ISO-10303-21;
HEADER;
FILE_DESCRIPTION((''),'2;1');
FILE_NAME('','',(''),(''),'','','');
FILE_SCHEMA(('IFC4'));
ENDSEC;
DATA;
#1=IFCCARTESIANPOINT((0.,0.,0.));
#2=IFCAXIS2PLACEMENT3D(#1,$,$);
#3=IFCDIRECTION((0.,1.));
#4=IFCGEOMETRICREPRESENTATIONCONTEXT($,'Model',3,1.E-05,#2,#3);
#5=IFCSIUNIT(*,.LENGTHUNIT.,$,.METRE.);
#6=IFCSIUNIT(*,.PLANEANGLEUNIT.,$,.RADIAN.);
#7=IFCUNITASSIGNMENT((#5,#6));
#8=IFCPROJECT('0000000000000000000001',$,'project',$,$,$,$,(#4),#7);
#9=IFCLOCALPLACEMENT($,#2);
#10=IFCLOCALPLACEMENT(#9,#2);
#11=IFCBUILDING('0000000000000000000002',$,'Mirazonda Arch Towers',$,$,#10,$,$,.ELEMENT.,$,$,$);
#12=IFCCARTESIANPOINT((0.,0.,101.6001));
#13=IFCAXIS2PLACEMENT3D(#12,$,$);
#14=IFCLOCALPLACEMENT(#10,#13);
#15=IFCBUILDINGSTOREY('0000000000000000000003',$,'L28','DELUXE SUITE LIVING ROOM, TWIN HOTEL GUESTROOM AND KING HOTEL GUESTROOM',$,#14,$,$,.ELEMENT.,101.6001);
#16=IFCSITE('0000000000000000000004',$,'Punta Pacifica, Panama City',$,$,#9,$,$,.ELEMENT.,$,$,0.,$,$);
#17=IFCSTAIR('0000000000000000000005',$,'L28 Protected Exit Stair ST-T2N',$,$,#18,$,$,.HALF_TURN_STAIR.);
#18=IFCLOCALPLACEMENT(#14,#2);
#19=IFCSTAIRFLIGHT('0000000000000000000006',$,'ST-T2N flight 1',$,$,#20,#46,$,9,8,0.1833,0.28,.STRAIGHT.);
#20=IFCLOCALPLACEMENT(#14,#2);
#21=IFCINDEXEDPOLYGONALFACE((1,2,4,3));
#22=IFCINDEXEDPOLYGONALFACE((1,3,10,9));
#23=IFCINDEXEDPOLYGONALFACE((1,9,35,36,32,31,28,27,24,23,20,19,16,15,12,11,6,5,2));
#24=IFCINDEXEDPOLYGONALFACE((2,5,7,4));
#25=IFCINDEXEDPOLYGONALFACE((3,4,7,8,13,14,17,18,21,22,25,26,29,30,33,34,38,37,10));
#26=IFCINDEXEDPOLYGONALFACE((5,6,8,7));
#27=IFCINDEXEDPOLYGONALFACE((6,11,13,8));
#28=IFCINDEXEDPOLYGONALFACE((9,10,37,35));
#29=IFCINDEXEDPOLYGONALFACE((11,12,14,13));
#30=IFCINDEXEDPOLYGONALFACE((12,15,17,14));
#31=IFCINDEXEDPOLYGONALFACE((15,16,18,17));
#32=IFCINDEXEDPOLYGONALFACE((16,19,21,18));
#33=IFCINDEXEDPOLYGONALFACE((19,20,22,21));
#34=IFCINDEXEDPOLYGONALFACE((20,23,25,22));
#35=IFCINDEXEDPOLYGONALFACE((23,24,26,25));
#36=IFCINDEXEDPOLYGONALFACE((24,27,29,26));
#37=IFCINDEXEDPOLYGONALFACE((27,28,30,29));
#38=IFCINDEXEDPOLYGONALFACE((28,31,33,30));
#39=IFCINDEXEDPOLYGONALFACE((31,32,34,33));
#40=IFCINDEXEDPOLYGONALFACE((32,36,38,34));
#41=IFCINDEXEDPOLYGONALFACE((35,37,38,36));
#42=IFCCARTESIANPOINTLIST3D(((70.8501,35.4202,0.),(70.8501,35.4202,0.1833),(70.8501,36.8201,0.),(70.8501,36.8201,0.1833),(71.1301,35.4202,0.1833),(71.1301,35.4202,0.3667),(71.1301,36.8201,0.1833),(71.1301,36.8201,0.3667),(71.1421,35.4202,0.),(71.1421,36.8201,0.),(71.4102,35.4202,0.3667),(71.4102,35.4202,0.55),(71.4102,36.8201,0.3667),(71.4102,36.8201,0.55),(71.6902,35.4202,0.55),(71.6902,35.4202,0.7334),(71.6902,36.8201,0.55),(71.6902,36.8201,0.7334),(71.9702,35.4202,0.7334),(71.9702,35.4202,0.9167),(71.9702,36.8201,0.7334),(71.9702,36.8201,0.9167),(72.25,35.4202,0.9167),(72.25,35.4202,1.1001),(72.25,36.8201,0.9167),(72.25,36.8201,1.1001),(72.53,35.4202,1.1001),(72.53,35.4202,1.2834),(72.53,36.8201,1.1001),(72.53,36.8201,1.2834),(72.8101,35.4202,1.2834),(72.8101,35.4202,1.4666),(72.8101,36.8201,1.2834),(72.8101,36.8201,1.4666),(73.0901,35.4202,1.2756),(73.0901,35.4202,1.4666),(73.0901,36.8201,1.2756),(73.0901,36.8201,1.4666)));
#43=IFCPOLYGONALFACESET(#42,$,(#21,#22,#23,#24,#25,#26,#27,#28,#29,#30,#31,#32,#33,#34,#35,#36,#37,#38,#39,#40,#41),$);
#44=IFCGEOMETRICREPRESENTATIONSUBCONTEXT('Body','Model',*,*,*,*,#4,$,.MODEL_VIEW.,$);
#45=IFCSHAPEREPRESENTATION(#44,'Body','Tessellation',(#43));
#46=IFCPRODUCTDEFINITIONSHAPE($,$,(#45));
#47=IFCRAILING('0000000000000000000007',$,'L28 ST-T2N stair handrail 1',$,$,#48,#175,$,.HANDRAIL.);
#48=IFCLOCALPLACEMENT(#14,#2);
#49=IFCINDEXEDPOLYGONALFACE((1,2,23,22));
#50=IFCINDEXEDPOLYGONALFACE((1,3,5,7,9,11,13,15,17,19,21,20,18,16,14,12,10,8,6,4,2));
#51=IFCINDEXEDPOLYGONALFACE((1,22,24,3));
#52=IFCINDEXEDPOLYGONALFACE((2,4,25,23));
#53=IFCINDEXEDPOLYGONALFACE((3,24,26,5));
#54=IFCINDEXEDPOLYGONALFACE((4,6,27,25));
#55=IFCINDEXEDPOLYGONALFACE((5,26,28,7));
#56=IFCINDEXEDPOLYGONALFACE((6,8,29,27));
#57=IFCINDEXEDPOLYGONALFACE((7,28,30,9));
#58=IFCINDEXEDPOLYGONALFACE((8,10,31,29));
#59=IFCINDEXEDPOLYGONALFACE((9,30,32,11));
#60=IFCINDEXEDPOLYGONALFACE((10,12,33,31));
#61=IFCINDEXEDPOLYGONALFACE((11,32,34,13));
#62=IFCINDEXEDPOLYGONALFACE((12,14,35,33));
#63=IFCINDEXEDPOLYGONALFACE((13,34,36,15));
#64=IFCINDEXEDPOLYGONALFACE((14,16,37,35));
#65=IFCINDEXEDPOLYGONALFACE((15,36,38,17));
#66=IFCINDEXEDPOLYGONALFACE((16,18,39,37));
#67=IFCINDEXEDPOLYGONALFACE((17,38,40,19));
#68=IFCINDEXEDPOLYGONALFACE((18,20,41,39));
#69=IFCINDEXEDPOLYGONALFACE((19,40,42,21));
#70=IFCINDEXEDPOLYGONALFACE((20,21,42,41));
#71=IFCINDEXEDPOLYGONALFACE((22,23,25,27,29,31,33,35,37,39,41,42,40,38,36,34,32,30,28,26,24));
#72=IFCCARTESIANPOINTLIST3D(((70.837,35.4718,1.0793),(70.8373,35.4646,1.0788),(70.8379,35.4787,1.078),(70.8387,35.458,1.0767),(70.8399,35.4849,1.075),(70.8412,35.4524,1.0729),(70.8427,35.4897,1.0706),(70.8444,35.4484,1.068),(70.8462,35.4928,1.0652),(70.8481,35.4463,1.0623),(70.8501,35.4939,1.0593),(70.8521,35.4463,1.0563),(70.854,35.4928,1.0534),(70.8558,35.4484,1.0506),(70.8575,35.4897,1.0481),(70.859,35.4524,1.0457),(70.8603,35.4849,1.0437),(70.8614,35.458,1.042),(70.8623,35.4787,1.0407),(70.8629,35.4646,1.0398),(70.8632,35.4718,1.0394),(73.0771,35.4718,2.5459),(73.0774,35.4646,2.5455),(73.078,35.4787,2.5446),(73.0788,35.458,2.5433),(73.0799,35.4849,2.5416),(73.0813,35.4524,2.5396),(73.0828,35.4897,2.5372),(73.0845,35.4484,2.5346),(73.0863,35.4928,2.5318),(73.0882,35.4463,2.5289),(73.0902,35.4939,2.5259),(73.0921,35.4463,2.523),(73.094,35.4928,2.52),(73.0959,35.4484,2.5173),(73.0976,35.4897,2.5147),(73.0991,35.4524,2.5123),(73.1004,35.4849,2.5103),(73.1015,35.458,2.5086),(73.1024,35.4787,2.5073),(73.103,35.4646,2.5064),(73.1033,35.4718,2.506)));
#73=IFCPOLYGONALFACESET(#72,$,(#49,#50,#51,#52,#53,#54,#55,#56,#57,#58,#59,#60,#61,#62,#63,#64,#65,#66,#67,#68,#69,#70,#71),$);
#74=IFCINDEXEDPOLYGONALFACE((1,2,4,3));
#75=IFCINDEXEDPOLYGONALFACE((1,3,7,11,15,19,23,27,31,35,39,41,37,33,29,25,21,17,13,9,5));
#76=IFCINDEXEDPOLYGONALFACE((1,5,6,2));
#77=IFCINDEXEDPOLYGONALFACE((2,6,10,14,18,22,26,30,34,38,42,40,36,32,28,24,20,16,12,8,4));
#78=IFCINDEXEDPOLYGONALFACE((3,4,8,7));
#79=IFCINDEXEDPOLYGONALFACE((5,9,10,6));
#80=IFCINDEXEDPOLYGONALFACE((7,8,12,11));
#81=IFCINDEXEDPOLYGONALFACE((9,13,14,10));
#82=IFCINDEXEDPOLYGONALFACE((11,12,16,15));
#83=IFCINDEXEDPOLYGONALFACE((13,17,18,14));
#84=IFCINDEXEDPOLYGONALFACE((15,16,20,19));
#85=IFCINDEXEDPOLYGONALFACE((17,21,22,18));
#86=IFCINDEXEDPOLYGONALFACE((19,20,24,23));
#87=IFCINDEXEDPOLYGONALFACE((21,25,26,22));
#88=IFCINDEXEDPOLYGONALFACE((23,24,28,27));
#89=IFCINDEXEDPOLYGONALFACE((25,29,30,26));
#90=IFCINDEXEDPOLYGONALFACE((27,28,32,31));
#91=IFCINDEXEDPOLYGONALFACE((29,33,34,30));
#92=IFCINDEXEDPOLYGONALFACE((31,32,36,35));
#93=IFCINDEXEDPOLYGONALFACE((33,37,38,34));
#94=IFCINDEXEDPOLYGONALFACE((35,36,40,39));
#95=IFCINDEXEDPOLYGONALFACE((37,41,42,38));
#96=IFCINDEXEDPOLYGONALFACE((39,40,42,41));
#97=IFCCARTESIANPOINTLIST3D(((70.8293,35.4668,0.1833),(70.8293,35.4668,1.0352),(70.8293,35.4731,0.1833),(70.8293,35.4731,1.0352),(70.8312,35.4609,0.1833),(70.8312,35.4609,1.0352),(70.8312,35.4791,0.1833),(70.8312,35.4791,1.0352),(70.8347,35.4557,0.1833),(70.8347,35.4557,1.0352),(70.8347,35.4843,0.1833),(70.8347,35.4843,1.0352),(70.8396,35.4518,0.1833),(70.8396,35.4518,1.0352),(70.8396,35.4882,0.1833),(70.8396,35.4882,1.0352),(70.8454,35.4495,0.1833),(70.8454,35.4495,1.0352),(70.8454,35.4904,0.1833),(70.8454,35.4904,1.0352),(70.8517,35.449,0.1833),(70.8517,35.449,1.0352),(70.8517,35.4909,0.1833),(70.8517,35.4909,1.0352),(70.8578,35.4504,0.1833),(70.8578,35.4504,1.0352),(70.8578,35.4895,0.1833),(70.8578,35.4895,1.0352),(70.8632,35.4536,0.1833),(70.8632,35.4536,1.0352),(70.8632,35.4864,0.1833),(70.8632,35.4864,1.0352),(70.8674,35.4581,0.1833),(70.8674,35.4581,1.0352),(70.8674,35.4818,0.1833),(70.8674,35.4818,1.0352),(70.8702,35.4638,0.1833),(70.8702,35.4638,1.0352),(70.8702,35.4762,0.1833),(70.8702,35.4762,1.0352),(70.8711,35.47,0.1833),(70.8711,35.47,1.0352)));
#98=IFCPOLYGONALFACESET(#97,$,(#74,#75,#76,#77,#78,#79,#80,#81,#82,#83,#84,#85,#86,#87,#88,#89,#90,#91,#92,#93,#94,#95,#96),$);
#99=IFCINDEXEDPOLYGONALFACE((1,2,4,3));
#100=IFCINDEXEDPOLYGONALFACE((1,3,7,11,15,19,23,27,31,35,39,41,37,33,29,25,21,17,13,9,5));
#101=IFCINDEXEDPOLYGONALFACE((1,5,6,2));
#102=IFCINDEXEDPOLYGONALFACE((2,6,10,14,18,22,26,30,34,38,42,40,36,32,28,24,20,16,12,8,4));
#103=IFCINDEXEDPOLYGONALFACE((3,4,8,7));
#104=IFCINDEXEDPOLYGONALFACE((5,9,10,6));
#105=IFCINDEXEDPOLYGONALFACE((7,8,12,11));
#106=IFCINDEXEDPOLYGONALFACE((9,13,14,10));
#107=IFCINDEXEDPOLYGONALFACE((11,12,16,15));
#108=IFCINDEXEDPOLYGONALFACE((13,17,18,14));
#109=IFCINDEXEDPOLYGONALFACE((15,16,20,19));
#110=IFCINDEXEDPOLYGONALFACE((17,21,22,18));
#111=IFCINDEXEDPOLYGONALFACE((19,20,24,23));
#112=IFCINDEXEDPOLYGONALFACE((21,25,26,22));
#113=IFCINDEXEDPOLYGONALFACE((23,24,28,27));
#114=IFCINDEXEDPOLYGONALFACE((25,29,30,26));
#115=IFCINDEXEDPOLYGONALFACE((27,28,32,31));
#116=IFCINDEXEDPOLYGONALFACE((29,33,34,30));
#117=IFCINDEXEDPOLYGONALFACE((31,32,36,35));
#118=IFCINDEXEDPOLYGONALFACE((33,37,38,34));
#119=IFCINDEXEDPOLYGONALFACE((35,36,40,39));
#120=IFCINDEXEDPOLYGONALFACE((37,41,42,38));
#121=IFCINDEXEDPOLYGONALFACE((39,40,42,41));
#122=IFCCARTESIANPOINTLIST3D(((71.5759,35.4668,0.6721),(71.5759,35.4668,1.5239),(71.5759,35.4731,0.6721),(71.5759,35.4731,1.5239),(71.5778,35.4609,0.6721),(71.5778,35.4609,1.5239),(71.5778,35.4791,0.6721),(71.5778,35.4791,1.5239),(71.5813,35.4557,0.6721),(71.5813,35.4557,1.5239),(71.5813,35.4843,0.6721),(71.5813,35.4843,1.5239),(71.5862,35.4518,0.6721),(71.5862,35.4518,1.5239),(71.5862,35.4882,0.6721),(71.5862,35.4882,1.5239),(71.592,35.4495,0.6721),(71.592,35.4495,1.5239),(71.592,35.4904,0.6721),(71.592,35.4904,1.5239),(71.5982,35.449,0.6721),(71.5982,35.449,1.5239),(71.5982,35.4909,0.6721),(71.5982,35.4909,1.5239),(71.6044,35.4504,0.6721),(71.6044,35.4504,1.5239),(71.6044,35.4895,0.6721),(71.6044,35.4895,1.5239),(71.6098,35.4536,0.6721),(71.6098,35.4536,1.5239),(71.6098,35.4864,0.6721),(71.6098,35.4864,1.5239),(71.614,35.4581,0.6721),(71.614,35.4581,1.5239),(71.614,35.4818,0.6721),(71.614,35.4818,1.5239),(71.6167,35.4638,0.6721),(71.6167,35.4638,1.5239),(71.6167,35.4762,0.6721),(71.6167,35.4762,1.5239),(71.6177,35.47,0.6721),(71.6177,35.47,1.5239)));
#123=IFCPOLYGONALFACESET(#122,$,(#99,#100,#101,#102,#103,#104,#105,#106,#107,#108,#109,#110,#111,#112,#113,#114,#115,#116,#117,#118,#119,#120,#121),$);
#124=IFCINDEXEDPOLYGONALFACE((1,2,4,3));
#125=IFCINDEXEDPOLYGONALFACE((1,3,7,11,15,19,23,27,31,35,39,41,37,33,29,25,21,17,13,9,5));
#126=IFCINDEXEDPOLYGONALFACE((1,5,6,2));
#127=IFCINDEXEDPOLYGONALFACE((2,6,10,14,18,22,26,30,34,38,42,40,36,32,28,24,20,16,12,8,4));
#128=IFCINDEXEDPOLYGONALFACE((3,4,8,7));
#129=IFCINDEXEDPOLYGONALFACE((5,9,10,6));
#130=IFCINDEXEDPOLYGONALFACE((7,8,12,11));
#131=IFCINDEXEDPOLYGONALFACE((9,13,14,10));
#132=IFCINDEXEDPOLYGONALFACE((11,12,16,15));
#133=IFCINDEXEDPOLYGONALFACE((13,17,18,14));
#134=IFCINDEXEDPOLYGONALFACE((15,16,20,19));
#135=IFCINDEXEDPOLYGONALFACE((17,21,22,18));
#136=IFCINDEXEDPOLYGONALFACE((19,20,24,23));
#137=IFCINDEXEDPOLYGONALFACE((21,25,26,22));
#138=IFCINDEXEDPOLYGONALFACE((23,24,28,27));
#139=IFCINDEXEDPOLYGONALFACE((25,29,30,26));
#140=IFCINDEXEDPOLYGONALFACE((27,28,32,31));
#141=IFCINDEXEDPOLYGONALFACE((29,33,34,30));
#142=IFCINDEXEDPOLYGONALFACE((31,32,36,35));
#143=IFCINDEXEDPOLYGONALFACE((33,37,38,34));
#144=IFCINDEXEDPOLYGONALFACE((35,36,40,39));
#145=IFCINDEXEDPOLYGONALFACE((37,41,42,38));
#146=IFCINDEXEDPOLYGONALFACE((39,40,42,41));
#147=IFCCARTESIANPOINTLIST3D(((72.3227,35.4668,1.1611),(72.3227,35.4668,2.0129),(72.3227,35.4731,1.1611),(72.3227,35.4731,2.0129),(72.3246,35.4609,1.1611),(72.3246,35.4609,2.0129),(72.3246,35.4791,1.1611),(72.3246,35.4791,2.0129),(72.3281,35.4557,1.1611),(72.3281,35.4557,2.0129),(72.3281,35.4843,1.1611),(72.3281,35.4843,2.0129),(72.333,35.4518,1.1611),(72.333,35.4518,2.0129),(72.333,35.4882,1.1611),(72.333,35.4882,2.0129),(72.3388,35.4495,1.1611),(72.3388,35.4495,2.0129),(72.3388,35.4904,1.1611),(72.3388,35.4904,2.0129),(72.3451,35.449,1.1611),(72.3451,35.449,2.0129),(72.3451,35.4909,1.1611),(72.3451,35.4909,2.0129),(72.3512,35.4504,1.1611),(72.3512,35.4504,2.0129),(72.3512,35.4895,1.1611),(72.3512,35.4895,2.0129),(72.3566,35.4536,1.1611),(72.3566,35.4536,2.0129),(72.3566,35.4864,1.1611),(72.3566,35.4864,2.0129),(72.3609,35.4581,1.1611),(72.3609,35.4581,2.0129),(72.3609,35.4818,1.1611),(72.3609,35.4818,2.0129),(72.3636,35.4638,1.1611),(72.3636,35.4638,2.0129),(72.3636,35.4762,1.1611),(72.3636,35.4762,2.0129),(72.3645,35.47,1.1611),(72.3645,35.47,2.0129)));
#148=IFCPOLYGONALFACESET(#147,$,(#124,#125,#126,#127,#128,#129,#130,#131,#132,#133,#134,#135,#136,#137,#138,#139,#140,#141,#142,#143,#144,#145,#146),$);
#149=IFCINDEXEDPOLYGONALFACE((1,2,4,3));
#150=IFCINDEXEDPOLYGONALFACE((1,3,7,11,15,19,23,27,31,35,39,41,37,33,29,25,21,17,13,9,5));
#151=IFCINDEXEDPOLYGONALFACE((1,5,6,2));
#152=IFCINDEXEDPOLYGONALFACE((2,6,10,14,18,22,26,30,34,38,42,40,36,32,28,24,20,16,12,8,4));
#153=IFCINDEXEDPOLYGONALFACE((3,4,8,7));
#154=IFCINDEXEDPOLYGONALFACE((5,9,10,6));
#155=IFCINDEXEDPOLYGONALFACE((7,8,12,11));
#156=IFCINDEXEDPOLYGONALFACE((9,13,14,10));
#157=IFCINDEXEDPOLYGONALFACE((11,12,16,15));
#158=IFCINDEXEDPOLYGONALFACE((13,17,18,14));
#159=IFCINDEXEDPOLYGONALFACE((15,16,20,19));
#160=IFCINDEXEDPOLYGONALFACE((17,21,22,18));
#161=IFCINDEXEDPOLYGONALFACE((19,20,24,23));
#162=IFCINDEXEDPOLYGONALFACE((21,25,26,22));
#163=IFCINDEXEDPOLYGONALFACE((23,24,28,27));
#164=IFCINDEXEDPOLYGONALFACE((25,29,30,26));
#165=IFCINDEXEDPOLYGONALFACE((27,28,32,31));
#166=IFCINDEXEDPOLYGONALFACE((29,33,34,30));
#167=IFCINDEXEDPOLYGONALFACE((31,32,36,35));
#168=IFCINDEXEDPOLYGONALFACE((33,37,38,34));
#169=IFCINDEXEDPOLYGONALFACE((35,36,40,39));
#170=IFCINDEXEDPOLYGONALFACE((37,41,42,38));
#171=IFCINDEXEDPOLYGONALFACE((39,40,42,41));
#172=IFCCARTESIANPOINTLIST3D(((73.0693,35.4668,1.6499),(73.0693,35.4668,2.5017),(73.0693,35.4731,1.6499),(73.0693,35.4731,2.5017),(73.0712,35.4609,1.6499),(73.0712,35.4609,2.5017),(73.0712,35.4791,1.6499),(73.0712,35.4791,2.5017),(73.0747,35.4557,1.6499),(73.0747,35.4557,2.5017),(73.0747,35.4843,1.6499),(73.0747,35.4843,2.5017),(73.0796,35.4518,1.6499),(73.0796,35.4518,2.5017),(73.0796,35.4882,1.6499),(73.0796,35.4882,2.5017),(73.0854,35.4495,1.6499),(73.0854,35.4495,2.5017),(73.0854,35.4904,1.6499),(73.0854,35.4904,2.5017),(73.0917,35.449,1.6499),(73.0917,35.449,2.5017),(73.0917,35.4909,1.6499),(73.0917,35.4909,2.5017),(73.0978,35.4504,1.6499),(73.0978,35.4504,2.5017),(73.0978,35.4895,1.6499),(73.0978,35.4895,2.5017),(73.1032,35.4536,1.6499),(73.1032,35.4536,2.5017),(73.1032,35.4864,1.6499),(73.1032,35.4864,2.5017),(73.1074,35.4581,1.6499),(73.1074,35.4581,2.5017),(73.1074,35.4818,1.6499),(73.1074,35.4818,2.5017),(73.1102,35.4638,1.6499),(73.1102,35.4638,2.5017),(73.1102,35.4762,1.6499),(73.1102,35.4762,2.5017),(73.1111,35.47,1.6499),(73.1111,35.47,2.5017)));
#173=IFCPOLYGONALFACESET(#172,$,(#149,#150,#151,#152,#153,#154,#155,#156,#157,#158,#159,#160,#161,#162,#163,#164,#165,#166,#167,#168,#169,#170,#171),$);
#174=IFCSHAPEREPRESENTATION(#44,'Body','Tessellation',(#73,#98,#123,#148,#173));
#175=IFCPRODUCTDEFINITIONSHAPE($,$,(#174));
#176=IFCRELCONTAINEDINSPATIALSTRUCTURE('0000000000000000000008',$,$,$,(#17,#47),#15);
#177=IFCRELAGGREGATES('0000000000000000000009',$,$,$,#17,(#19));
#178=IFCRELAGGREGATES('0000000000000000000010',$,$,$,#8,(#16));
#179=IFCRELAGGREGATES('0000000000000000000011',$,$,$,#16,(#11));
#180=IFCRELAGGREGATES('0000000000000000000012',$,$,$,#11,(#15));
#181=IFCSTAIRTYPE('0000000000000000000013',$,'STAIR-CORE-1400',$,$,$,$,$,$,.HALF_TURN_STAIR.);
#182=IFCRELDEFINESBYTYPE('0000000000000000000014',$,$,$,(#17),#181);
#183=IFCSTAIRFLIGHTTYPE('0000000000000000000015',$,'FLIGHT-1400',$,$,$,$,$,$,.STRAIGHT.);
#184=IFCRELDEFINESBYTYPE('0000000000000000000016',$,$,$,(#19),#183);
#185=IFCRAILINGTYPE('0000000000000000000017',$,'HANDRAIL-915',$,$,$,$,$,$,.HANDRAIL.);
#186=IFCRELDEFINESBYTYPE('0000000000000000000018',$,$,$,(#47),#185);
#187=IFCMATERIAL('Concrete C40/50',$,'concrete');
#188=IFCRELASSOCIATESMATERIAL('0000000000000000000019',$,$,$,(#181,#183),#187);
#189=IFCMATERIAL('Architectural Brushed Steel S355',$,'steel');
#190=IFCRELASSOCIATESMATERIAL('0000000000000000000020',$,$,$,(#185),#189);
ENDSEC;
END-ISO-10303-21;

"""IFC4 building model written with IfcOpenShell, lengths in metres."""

from ifc_helpers import new_model, si_unit, direction, frame, origin, origin_2d, place, context, subcontext, project, spatial, polyline, circle, outline, extrude, material, type_object, element, aggregate, save


model = new_model("IFC4")

# Units and contexts
model_context = context("Model", 3, precision=1e-05, world=origin(), true_north=direction((0.0, 1.0)))
body_context = subcontext(model_context, "Body", "Model", "MODEL_VIEW")
ifc_project = project(units=[si_unit("LENGTHUNIT", "METRE"), si_unit("PLANEANGLEUNIT", "RADIAN")], contexts=[model_context])

# Site, building, storey
site_placement = place(None, origin())
site = spatial("IfcSite", under=ifc_project, at=site_placement, Name="Punta Pacifica, Panama City", CompositionType="ELEMENT", RefElevation=0.0)
building_placement = place(site_placement, origin())
building = spatial("IfcBuilding", under=site, at=building_placement, Name="Mirazonda Arch Towers", CompositionType="ELEMENT")
storey_placement = place(building_placement, frame((0.0, 0.0, 101.6001)))
storey = spatial("IfcBuildingStorey", under=building, at=storey_placement, Name="L28", Description="DELUXE SUITE LIVING ROOM, TWIN HOTEL GUESTROOM AND KING HOTEL GUESTROOM", CompositionType="ELEMENT", Elevation=101.6001)

# Shared definitions
ifc_material_1 = material(Name="Architectural Brushed Steel S355", Category="steel")

# Stair, stair flight
ifc_material_2 = material(Name="Concrete C40/50", Category="concrete")
stair_type = type_object("IfcStairType", Name="STAIR-CORE-1400", PredefinedType="HALF_TURN_STAIR", material=ifc_material_2)
stair_placement = place(storey_placement, origin())
stair = element("IfcStair", 1, at=stair_placement, inside=storey, type_object=stair_type, Name="L28 Protected Exit Stair ST-T2N", PredefinedType="HALF_TURN_STAIR")
stair_flight_type = type_object("IfcStairFlightType", Name="FLIGHT-1400", PredefinedType="STRAIGHT", material=ifc_material_2)
stair_flight_placement = place(storey_placement, frame((70.8501, 36.1201, 0.0), z_axis=(0.0, 0.0, 1.0), x_axis=(1.0, 0.0, 0.0)))
stair_flight = element("IfcStairFlight", 2, at=stair_flight_placement, type_object=stair_flight_type, Name="ST-T2N flight 1", NumberOfRisers=9, NumberOfTreads=8, PredefinedType="STRAIGHT", RiserHeight=0.1833, TreadLength=0.28, context=body_context, shape_type="SweptSolid", body=[
    extrude(outline(polyline([(0.0, 0.0), (0.0, 0.1833), (0.28, 0.1833), (0.28, 0.3667), (0.5601, 0.3667), (0.5601, 0.55), (0.8401, 0.55), (0.8401, 0.7334), (1.1201, 0.7334), (1.1201, 0.9167), (1.3999, 0.9167), (1.3999, 1.1001), (1.6799, 1.1001), (1.6799, 1.2834), (1.96, 1.2834), (1.96, 1.4666), (2.24, 1.4666), (2.24, 1.6499), (2.24, 1.2756), (0.292, 0.0), (0.0, 0.0)])), frame((0.0, 0.7, 0.0), z_axis=(0.0, -1.0, 0.0), x_axis=(1.0, 0.0, 0.0)), (0.0, 0.0, 1.0), 1.3999),
])
aggregate(stair, [stair_flight])

# Railing
railing_type = type_object("IfcRailingType", Name="HANDRAIL-915", PredefinedType="HANDRAIL", material=ifc_material_1)
railing_placement = place(storey_placement, frame((70.8501, 35.47, 0.1833)))
element("IfcRailing", 3, at=railing_placement, inside=storey, type_object=railing_type, Name="L28 ST-T2N stair handrail 1", PredefinedType="HANDRAIL", context=body_context, shape_type="SweptSolid", body=[
    extrude(circle(Radius=0.0239, at=origin_2d()), frame((0.0, 0.0, 0.876), z_axis=(0.836637, 0.0, 0.547758), x_axis=(0.0, 1.0, 0.0)), (0.0, 0.0, 1.0), 2.6775),
    extrude(circle(Radius=0.021, at=origin_2d()), origin(), (0.0, 0.0, 1.0), 0.8518),
    extrude(circle(Radius=0.021, at=origin_2d()), frame((0.7466, 0.0, 0.4888)), (0.0, 0.0, 1.0), 0.8518),
    extrude(circle(Radius=0.021, at=origin_2d()), frame((1.4934, 0.0, 0.9778)), (0.0, 0.0, 1.0), 0.8518),
    extrude(circle(Radius=0.021, at=origin_2d()), frame((2.24, 0.0, 1.4666)), (0.0, 0.0, 1.0), 0.8518),
])

save(model, "model.ifc")
